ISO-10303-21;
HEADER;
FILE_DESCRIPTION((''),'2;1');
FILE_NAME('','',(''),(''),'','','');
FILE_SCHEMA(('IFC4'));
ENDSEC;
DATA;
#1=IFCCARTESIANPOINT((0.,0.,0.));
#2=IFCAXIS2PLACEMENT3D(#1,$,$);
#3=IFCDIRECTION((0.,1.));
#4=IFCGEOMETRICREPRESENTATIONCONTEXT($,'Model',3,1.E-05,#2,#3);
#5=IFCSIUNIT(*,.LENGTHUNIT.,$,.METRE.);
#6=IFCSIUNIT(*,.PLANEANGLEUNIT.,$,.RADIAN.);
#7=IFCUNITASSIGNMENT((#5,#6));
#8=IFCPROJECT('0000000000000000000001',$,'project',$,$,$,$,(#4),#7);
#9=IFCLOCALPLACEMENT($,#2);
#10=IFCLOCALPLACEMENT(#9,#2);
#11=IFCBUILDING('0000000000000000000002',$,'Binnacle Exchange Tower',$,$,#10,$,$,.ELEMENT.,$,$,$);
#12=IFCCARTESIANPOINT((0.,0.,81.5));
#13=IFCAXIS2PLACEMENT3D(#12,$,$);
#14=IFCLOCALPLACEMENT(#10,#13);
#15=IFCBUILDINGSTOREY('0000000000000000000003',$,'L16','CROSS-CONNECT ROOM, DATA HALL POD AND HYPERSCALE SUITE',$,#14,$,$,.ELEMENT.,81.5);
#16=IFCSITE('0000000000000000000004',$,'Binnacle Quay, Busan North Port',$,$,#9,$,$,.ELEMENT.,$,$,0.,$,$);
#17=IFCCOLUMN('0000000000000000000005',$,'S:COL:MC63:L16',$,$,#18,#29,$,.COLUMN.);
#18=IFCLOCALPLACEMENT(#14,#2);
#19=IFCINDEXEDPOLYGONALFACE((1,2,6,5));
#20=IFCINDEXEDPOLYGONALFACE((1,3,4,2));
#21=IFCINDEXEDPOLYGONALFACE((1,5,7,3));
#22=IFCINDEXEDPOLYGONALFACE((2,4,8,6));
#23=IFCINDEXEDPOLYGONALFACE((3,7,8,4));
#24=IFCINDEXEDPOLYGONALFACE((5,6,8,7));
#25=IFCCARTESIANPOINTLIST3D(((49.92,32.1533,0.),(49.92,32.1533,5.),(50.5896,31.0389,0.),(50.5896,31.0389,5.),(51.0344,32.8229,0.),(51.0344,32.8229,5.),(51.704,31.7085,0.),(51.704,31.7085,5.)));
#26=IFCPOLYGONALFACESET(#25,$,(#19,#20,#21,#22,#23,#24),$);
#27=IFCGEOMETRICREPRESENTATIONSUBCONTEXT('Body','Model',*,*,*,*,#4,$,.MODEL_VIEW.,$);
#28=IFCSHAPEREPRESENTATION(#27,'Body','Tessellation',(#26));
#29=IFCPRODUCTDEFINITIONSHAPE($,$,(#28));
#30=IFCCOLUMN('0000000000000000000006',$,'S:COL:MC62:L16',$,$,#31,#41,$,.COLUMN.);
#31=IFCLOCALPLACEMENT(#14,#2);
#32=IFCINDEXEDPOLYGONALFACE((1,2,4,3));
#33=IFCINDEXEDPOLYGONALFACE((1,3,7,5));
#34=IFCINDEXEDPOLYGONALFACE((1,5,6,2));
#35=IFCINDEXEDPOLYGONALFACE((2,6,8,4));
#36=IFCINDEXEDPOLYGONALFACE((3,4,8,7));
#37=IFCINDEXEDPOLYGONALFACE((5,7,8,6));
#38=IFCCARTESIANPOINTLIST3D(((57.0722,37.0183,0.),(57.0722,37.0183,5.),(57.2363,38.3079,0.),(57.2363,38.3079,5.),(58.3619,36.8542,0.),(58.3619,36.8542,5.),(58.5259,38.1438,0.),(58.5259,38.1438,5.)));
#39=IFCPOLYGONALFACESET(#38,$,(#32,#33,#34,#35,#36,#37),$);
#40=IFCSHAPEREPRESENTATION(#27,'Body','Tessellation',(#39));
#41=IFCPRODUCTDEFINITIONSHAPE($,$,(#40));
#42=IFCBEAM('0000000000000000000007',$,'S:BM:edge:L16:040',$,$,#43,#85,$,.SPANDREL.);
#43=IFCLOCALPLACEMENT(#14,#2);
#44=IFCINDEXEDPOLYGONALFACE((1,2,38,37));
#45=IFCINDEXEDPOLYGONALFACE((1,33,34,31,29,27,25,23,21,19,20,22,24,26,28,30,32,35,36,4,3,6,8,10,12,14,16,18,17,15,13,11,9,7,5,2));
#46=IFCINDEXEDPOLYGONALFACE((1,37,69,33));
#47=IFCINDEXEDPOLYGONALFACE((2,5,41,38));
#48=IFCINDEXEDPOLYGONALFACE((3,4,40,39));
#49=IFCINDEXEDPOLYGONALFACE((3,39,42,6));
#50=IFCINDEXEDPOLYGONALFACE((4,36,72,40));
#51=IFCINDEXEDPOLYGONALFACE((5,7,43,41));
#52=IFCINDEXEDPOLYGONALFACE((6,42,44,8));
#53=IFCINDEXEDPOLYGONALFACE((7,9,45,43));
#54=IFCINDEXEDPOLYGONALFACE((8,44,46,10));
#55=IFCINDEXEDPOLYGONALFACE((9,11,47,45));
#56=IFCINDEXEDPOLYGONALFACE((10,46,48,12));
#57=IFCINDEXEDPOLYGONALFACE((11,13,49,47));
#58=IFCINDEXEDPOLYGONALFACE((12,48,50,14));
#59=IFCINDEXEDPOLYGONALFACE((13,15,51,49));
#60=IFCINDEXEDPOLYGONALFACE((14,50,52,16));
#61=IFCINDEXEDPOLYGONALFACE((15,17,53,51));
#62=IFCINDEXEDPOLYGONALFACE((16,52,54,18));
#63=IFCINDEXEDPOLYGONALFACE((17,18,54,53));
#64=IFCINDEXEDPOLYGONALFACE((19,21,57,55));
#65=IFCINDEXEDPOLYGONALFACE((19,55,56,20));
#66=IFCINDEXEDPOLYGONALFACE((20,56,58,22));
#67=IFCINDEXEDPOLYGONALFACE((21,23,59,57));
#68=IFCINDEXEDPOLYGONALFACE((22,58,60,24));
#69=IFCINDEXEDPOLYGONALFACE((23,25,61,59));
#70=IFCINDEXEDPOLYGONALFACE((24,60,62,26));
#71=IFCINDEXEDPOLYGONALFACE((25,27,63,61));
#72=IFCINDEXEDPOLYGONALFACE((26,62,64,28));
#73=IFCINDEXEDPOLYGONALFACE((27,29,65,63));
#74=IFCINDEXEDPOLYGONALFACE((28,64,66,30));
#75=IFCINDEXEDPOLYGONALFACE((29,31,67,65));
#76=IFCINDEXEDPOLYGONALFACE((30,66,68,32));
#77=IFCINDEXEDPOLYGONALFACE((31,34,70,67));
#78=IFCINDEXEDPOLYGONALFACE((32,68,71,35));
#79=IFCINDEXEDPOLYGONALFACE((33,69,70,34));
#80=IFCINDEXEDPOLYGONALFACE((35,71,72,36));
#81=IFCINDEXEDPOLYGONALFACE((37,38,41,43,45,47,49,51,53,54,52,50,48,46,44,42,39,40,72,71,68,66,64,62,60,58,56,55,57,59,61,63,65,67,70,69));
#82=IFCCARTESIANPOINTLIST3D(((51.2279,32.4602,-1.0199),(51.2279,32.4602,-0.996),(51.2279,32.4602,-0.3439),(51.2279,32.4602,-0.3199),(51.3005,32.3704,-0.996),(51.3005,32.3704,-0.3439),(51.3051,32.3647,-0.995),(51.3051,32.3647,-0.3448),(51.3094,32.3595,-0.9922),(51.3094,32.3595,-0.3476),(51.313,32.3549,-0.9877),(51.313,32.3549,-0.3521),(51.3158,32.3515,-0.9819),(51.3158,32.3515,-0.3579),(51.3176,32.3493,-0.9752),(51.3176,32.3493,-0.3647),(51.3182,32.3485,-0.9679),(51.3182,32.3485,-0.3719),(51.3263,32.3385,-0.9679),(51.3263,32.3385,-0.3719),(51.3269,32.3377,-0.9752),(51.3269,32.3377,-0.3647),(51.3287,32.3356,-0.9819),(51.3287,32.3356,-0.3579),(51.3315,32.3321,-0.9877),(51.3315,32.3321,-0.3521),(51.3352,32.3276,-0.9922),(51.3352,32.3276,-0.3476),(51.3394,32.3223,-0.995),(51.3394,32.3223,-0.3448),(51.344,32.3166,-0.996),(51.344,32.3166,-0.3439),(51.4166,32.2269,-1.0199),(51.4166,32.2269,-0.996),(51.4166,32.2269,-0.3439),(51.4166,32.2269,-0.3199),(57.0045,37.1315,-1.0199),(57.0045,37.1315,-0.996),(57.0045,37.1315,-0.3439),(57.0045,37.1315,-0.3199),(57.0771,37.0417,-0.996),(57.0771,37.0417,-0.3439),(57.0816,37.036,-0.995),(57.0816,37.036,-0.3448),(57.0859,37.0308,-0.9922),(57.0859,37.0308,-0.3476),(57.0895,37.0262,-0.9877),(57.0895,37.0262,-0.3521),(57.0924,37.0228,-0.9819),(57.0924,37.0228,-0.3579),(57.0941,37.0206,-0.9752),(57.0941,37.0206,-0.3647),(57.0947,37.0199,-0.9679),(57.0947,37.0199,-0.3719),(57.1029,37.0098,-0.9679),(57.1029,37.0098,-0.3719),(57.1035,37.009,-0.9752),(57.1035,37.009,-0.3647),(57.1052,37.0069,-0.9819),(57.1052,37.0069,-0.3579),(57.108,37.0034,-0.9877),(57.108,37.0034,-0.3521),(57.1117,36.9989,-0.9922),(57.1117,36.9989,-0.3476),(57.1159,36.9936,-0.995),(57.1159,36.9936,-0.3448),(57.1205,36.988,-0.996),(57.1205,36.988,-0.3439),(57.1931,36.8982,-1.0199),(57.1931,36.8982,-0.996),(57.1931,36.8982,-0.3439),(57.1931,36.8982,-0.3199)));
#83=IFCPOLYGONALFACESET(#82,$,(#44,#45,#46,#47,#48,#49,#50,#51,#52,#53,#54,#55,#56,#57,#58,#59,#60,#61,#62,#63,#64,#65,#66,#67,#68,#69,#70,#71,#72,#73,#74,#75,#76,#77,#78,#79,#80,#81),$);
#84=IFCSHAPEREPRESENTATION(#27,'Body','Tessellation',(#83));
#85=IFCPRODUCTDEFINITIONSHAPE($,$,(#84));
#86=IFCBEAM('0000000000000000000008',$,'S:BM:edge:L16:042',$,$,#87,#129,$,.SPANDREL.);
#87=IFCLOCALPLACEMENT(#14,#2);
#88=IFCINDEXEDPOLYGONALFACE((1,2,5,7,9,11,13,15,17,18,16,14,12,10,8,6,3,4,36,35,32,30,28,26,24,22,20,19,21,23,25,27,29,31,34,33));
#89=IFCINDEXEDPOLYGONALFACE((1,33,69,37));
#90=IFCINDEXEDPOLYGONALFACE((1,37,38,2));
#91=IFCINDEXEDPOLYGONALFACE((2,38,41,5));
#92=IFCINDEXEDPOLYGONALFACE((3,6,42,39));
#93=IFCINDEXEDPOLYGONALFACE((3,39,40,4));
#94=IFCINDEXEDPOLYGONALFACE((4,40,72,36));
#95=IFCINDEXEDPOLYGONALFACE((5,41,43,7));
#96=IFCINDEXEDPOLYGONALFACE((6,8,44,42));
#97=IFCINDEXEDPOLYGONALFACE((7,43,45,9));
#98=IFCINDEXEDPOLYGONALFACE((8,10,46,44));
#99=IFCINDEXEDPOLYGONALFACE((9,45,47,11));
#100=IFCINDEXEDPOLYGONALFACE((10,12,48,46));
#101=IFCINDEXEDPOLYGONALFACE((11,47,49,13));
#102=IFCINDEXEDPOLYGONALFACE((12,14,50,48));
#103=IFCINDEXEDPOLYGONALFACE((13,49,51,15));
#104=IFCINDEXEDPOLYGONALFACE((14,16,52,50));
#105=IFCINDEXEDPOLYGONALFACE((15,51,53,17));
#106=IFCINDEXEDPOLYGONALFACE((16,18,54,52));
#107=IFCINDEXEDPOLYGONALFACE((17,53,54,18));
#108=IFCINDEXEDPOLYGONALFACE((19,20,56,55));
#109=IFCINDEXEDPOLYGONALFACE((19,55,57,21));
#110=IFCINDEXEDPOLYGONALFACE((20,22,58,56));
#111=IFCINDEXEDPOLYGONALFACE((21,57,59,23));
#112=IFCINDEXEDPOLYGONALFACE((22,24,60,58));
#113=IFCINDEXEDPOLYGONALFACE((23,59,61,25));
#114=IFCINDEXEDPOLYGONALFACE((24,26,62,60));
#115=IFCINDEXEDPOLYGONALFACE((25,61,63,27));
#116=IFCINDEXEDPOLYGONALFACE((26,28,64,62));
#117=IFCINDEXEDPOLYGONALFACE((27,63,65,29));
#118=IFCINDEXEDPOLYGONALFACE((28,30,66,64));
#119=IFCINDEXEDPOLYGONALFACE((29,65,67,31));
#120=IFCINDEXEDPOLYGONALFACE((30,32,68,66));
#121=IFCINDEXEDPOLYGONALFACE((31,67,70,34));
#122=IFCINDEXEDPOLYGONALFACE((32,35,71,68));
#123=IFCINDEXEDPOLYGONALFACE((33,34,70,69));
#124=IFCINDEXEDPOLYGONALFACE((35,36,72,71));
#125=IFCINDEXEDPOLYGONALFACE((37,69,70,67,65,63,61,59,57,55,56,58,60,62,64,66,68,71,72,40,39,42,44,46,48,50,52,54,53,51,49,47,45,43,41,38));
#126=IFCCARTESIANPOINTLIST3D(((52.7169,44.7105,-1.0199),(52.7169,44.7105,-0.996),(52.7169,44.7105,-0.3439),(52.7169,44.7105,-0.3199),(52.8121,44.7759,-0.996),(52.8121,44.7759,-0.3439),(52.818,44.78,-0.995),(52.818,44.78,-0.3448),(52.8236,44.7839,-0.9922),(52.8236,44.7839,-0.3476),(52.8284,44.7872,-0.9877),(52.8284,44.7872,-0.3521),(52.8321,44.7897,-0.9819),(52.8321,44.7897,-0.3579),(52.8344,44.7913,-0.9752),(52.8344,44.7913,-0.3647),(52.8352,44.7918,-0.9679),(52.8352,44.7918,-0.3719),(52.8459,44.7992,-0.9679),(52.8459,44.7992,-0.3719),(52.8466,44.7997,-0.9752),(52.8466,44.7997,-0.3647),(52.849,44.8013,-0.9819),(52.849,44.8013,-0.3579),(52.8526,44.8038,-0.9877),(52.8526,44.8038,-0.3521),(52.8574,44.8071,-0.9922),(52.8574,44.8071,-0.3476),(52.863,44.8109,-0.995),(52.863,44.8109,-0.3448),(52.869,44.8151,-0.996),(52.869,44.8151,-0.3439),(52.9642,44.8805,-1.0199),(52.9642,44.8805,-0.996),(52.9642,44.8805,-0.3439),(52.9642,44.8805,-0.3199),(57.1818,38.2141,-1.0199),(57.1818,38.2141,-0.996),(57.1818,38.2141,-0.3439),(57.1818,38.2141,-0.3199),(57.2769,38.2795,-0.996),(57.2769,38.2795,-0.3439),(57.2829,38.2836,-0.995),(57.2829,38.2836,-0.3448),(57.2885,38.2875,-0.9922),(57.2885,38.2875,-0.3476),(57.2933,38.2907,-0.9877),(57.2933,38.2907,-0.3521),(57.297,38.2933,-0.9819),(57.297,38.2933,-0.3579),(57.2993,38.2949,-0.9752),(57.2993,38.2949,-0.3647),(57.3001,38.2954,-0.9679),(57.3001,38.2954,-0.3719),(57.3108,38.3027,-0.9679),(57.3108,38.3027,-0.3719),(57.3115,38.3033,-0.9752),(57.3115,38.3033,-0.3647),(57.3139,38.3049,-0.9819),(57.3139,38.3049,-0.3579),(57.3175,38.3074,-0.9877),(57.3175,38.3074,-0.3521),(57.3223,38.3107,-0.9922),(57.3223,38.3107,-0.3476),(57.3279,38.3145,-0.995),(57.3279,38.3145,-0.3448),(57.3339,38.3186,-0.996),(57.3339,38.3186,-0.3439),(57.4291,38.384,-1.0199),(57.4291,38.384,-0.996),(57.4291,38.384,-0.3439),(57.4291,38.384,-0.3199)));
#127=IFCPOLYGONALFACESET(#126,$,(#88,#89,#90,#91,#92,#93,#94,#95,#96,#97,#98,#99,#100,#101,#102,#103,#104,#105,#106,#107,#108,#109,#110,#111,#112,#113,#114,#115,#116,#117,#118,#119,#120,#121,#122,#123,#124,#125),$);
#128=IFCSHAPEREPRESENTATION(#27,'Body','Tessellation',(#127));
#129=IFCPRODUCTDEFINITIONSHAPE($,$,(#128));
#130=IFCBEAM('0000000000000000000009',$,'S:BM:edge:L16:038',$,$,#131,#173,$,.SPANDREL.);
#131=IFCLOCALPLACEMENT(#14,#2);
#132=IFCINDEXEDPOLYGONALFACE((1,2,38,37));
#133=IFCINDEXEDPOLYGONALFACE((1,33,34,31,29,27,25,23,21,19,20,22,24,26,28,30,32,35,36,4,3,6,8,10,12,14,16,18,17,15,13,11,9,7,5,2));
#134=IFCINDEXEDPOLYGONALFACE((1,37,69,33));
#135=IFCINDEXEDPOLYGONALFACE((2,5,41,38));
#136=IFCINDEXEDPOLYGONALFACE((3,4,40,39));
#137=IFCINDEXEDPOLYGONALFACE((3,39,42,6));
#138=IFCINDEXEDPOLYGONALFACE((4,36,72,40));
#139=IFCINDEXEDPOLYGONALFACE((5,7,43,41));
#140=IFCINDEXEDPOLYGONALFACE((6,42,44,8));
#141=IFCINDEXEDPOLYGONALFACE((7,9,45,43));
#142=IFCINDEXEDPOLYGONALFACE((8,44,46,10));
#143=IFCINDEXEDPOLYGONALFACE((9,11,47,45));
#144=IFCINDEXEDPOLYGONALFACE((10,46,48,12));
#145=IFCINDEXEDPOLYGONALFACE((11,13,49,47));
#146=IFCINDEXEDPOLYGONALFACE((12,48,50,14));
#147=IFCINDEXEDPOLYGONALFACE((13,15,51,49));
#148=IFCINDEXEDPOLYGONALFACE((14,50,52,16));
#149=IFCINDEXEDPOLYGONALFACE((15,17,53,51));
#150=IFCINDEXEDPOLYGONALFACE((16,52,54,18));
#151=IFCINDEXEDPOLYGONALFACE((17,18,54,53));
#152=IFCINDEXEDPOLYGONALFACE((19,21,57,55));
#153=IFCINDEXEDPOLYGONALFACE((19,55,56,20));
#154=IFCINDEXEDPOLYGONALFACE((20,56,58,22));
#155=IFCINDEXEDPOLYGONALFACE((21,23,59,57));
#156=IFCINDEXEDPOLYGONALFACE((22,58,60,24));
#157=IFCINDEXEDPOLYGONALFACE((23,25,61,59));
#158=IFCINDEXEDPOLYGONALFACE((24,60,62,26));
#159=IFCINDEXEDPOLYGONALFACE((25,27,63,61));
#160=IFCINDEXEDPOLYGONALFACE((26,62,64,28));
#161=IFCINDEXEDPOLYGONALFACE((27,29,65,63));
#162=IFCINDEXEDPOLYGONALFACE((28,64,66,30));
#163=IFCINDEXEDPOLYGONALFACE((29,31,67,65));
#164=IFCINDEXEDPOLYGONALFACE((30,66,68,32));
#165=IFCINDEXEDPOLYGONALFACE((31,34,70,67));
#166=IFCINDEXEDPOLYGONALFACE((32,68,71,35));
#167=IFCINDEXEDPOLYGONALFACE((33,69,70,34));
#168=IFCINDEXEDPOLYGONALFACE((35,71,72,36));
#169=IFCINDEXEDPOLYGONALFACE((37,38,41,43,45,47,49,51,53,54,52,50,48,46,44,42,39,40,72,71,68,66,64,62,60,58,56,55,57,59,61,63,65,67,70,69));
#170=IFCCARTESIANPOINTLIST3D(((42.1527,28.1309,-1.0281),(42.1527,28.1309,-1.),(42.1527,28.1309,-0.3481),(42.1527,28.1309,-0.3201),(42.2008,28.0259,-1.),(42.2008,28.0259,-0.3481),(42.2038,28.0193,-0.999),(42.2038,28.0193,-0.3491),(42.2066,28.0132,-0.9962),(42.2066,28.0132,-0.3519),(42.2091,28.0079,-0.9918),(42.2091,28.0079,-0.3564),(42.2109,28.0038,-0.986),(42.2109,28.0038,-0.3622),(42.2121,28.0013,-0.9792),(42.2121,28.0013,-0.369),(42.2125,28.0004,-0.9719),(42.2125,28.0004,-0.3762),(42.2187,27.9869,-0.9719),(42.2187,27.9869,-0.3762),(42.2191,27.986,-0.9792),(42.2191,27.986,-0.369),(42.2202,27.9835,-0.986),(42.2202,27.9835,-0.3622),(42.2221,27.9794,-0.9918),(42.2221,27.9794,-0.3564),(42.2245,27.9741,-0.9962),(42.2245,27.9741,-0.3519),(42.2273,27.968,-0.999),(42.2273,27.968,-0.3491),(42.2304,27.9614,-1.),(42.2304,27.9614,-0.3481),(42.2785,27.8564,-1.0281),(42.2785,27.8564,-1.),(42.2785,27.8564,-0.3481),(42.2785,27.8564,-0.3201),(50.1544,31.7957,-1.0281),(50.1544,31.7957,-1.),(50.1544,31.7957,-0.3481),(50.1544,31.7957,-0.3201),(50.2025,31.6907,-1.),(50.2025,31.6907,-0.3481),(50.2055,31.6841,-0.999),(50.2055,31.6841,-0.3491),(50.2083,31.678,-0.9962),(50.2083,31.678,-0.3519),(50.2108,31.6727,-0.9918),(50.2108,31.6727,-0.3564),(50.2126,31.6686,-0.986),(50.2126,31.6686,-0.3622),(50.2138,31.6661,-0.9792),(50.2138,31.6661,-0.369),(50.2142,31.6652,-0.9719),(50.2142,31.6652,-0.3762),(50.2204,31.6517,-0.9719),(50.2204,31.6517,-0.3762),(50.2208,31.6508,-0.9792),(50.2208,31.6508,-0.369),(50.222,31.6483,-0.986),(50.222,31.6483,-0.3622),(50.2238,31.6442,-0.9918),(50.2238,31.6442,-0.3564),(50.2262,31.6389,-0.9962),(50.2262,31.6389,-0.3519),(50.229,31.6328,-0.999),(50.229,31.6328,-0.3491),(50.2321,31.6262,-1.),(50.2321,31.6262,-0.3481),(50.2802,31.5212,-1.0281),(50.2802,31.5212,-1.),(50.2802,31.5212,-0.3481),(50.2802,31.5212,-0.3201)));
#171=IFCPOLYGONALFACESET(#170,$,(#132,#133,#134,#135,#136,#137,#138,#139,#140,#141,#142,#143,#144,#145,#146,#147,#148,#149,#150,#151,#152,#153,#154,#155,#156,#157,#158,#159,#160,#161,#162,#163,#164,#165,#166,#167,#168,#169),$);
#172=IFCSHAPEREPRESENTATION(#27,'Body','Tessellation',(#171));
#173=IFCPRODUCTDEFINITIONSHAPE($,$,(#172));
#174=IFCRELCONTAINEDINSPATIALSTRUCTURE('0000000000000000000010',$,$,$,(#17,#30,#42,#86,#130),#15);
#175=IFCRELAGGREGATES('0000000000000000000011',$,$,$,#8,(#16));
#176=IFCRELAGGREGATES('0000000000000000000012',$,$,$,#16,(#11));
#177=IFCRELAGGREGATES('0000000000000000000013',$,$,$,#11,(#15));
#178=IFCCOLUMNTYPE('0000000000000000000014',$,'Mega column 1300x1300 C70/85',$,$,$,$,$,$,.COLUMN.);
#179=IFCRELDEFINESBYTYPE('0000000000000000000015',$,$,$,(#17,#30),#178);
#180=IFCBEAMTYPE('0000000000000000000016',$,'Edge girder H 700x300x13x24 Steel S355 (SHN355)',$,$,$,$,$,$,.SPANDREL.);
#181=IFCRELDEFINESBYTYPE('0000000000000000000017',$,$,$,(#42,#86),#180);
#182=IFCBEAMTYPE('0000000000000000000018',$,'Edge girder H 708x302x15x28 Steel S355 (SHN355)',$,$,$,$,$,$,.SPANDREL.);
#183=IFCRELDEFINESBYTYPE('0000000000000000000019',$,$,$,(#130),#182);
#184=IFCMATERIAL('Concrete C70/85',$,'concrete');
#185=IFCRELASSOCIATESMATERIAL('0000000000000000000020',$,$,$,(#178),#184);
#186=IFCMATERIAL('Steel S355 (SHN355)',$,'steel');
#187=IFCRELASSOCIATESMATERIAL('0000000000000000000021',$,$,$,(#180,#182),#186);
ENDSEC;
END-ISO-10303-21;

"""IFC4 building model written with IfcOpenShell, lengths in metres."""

from ifc_helpers import new_model, si_unit, direction, frame, origin, origin_2d, place, context, subcontext, project, spatial, rectangle, i_section, extrude, material, material_profile, profile_set, type_object, element, save


model = new_model("IFC4")

# Units and contexts
model_context = context("Model", 3, precision=1e-05, world=origin(), true_north=direction((0.0, 1.0)))
body_context = subcontext(model_context, "Body", "Model", "MODEL_VIEW")
ifc_project = project(units=[si_unit("LENGTHUNIT", "METRE"), si_unit("PLANEANGLEUNIT", "RADIAN")], contexts=[model_context])

# Site, building, storey
site_placement = place(None, origin())
site = spatial("IfcSite", under=ifc_project, at=site_placement, Name="Binnacle Quay, Busan North Port", CompositionType="ELEMENT", RefElevation=0.0)
building_placement = place(site_placement, origin())
building = spatial("IfcBuilding", under=site, at=building_placement, Name="Binnacle Exchange Tower", CompositionType="ELEMENT")
storey_placement = place(building_placement, frame((0.0, 0.0, 81.5)))
storey = spatial("IfcBuildingStorey", under=building, at=storey_placement, Name="L16", Description="CROSS-CONNECT ROOM, DATA HALL POD AND HYPERSCALE SUITE", CompositionType="ELEMENT", Elevation=81.5)

# Columns
ifc_material_1 = material(Name="Concrete C70/85", Category="concrete")
ifc_material_profile_1 = material_profile(ifc_material_1, rectangle(XDim=1.3, YDim=1.3, at=origin_2d()), Name="Mega column 1300x1300 C70/85")
ifc_profile_set_1 = profile_set([ifc_material_profile_1], Name="Concrete C70/85")
column_type = type_object("IfcColumnType", Name="Mega column 1300x1300 C70/85", PredefinedType="COLUMN", material=ifc_profile_set_1)
for number, where, z_axis, x_axis, name in (
    (1, (50.812, 31.9309, 0.0), (0.0, 0.0, 1.0), (0.857167, 0.515038, 0.0), "S:COL:MC63:L16"),
    (2, (57.7991, 37.5811, 0.0), (0.0, 0.0, 1.0), (0.126199, 0.992005, 0.0), "S:COL:MC62:L16"),
):
    element("IfcColumn", number, at=place(storey_placement, frame(where, z_axis=z_axis, x_axis=x_axis)), inside=storey, type_object=column_type, Name=name, PredefinedType="COLUMN", context=body_context, shape_type="SweptSolid", body=[
        extrude(rectangle(XDim=1.3, YDim=1.3, at=origin_2d()), origin(), (0.0, 0.0, 1.0), 5.0),
    ])

# Beams
ifc_material_2 = material(Name="Steel S355 (SHN355)", Category="steel")
ifc_material_profile_2 = material_profile(ifc_material_2, i_section(OverallWidth=0.3, OverallDepth=0.7, WebThickness=0.0129, FlangeThickness=0.0239, FilletRadius=0.0281, at=origin_2d()), Name="H 700x300x13x24")
ifc_profile_set_2 = profile_set([ifc_material_profile_2], Name="Steel S355 (SHN355)")
beam_type_1 = type_object("IfcBeamType", Name="Edge girder H 700x300x13x24 Steel S355 (SHN355)", PredefinedType="SPANDREL", material=ifc_profile_set_2)
beam_1_placement = place(storey_placement, frame((51.3223, 32.3435, -0.6699), z_axis=(0.777568, 0.628798, 0.0), x_axis=(-0.628798, 0.777568, 0.0)))
element("IfcBeam", 3, at=beam_1_placement, inside=storey, type_object=beam_type_1, Name="S:BM:edge:L16:040", PredefinedType="SPANDREL", context=body_context, shape_type="SweptSolid", body=[
    extrude(i_section(OverallWidth=0.3, OverallDepth=0.7, WebThickness=0.0129, FlangeThickness=0.0239, FilletRadius=0.0281, at=origin_2d()), origin(), (0.0, 0.0, 1.0), 7.429),
])
beam_2_placement = place(storey_placement, frame((57.3054, 38.2991, -0.6699), z_axis=(-0.566409, 0.824124, 0.0), x_axis=(-0.824124, -0.566409, 0.0)))
element("IfcBeam", 4, at=beam_2_placement, inside=storey, type_object=beam_type_1, Name="S:BM:edge:L16:042", PredefinedType="SPANDREL", context=body_context, shape_type="SweptSolid", body=[
    extrude(i_section(OverallWidth=0.3, OverallDepth=0.7, WebThickness=0.0129, FlangeThickness=0.0239, FilletRadius=0.0281, at=origin_2d()), origin(), (0.0, 0.0, 1.0), 7.8828),
])
ifc_material_profile_3 = material_profile(ifc_material_2, i_section(OverallWidth=0.302, OverallDepth=0.708, WebThickness=0.0149, FlangeThickness=0.0281, FilletRadius=0.0281, at=origin_2d()), Name="H 708x302x15x28")
ifc_profile_set_3 = profile_set([ifc_material_profile_3], Name="Steel S355 (SHN355)")
beam_type_2 = type_object("IfcBeamType", Name="Edge girder H 708x302x15x28 Steel S355 (SHN355)", PredefinedType="SPANDREL", material=ifc_profile_set_3)
beam_3_placement = place(storey_placement, frame((42.2156, 27.9937, -0.6741), z_axis=(0.909179, 0.416405, 0.0), x_axis=(-0.416405, 0.909179, 0.0)))
element("IfcBeam", 5, at=beam_3_placement, inside=storey, type_object=beam_type_2, Name="S:BM:edge:L16:038", PredefinedType="SPANDREL", context=body_context, shape_type="SweptSolid", body=[
    extrude(i_section(OverallWidth=0.302, OverallDepth=0.708, WebThickness=0.0149, FlangeThickness=0.0281, FilletRadius=0.0281, at=origin_2d()), origin(), (0.0, 0.0, 1.0), 8.801),
])

save(model, "model.ifc")
